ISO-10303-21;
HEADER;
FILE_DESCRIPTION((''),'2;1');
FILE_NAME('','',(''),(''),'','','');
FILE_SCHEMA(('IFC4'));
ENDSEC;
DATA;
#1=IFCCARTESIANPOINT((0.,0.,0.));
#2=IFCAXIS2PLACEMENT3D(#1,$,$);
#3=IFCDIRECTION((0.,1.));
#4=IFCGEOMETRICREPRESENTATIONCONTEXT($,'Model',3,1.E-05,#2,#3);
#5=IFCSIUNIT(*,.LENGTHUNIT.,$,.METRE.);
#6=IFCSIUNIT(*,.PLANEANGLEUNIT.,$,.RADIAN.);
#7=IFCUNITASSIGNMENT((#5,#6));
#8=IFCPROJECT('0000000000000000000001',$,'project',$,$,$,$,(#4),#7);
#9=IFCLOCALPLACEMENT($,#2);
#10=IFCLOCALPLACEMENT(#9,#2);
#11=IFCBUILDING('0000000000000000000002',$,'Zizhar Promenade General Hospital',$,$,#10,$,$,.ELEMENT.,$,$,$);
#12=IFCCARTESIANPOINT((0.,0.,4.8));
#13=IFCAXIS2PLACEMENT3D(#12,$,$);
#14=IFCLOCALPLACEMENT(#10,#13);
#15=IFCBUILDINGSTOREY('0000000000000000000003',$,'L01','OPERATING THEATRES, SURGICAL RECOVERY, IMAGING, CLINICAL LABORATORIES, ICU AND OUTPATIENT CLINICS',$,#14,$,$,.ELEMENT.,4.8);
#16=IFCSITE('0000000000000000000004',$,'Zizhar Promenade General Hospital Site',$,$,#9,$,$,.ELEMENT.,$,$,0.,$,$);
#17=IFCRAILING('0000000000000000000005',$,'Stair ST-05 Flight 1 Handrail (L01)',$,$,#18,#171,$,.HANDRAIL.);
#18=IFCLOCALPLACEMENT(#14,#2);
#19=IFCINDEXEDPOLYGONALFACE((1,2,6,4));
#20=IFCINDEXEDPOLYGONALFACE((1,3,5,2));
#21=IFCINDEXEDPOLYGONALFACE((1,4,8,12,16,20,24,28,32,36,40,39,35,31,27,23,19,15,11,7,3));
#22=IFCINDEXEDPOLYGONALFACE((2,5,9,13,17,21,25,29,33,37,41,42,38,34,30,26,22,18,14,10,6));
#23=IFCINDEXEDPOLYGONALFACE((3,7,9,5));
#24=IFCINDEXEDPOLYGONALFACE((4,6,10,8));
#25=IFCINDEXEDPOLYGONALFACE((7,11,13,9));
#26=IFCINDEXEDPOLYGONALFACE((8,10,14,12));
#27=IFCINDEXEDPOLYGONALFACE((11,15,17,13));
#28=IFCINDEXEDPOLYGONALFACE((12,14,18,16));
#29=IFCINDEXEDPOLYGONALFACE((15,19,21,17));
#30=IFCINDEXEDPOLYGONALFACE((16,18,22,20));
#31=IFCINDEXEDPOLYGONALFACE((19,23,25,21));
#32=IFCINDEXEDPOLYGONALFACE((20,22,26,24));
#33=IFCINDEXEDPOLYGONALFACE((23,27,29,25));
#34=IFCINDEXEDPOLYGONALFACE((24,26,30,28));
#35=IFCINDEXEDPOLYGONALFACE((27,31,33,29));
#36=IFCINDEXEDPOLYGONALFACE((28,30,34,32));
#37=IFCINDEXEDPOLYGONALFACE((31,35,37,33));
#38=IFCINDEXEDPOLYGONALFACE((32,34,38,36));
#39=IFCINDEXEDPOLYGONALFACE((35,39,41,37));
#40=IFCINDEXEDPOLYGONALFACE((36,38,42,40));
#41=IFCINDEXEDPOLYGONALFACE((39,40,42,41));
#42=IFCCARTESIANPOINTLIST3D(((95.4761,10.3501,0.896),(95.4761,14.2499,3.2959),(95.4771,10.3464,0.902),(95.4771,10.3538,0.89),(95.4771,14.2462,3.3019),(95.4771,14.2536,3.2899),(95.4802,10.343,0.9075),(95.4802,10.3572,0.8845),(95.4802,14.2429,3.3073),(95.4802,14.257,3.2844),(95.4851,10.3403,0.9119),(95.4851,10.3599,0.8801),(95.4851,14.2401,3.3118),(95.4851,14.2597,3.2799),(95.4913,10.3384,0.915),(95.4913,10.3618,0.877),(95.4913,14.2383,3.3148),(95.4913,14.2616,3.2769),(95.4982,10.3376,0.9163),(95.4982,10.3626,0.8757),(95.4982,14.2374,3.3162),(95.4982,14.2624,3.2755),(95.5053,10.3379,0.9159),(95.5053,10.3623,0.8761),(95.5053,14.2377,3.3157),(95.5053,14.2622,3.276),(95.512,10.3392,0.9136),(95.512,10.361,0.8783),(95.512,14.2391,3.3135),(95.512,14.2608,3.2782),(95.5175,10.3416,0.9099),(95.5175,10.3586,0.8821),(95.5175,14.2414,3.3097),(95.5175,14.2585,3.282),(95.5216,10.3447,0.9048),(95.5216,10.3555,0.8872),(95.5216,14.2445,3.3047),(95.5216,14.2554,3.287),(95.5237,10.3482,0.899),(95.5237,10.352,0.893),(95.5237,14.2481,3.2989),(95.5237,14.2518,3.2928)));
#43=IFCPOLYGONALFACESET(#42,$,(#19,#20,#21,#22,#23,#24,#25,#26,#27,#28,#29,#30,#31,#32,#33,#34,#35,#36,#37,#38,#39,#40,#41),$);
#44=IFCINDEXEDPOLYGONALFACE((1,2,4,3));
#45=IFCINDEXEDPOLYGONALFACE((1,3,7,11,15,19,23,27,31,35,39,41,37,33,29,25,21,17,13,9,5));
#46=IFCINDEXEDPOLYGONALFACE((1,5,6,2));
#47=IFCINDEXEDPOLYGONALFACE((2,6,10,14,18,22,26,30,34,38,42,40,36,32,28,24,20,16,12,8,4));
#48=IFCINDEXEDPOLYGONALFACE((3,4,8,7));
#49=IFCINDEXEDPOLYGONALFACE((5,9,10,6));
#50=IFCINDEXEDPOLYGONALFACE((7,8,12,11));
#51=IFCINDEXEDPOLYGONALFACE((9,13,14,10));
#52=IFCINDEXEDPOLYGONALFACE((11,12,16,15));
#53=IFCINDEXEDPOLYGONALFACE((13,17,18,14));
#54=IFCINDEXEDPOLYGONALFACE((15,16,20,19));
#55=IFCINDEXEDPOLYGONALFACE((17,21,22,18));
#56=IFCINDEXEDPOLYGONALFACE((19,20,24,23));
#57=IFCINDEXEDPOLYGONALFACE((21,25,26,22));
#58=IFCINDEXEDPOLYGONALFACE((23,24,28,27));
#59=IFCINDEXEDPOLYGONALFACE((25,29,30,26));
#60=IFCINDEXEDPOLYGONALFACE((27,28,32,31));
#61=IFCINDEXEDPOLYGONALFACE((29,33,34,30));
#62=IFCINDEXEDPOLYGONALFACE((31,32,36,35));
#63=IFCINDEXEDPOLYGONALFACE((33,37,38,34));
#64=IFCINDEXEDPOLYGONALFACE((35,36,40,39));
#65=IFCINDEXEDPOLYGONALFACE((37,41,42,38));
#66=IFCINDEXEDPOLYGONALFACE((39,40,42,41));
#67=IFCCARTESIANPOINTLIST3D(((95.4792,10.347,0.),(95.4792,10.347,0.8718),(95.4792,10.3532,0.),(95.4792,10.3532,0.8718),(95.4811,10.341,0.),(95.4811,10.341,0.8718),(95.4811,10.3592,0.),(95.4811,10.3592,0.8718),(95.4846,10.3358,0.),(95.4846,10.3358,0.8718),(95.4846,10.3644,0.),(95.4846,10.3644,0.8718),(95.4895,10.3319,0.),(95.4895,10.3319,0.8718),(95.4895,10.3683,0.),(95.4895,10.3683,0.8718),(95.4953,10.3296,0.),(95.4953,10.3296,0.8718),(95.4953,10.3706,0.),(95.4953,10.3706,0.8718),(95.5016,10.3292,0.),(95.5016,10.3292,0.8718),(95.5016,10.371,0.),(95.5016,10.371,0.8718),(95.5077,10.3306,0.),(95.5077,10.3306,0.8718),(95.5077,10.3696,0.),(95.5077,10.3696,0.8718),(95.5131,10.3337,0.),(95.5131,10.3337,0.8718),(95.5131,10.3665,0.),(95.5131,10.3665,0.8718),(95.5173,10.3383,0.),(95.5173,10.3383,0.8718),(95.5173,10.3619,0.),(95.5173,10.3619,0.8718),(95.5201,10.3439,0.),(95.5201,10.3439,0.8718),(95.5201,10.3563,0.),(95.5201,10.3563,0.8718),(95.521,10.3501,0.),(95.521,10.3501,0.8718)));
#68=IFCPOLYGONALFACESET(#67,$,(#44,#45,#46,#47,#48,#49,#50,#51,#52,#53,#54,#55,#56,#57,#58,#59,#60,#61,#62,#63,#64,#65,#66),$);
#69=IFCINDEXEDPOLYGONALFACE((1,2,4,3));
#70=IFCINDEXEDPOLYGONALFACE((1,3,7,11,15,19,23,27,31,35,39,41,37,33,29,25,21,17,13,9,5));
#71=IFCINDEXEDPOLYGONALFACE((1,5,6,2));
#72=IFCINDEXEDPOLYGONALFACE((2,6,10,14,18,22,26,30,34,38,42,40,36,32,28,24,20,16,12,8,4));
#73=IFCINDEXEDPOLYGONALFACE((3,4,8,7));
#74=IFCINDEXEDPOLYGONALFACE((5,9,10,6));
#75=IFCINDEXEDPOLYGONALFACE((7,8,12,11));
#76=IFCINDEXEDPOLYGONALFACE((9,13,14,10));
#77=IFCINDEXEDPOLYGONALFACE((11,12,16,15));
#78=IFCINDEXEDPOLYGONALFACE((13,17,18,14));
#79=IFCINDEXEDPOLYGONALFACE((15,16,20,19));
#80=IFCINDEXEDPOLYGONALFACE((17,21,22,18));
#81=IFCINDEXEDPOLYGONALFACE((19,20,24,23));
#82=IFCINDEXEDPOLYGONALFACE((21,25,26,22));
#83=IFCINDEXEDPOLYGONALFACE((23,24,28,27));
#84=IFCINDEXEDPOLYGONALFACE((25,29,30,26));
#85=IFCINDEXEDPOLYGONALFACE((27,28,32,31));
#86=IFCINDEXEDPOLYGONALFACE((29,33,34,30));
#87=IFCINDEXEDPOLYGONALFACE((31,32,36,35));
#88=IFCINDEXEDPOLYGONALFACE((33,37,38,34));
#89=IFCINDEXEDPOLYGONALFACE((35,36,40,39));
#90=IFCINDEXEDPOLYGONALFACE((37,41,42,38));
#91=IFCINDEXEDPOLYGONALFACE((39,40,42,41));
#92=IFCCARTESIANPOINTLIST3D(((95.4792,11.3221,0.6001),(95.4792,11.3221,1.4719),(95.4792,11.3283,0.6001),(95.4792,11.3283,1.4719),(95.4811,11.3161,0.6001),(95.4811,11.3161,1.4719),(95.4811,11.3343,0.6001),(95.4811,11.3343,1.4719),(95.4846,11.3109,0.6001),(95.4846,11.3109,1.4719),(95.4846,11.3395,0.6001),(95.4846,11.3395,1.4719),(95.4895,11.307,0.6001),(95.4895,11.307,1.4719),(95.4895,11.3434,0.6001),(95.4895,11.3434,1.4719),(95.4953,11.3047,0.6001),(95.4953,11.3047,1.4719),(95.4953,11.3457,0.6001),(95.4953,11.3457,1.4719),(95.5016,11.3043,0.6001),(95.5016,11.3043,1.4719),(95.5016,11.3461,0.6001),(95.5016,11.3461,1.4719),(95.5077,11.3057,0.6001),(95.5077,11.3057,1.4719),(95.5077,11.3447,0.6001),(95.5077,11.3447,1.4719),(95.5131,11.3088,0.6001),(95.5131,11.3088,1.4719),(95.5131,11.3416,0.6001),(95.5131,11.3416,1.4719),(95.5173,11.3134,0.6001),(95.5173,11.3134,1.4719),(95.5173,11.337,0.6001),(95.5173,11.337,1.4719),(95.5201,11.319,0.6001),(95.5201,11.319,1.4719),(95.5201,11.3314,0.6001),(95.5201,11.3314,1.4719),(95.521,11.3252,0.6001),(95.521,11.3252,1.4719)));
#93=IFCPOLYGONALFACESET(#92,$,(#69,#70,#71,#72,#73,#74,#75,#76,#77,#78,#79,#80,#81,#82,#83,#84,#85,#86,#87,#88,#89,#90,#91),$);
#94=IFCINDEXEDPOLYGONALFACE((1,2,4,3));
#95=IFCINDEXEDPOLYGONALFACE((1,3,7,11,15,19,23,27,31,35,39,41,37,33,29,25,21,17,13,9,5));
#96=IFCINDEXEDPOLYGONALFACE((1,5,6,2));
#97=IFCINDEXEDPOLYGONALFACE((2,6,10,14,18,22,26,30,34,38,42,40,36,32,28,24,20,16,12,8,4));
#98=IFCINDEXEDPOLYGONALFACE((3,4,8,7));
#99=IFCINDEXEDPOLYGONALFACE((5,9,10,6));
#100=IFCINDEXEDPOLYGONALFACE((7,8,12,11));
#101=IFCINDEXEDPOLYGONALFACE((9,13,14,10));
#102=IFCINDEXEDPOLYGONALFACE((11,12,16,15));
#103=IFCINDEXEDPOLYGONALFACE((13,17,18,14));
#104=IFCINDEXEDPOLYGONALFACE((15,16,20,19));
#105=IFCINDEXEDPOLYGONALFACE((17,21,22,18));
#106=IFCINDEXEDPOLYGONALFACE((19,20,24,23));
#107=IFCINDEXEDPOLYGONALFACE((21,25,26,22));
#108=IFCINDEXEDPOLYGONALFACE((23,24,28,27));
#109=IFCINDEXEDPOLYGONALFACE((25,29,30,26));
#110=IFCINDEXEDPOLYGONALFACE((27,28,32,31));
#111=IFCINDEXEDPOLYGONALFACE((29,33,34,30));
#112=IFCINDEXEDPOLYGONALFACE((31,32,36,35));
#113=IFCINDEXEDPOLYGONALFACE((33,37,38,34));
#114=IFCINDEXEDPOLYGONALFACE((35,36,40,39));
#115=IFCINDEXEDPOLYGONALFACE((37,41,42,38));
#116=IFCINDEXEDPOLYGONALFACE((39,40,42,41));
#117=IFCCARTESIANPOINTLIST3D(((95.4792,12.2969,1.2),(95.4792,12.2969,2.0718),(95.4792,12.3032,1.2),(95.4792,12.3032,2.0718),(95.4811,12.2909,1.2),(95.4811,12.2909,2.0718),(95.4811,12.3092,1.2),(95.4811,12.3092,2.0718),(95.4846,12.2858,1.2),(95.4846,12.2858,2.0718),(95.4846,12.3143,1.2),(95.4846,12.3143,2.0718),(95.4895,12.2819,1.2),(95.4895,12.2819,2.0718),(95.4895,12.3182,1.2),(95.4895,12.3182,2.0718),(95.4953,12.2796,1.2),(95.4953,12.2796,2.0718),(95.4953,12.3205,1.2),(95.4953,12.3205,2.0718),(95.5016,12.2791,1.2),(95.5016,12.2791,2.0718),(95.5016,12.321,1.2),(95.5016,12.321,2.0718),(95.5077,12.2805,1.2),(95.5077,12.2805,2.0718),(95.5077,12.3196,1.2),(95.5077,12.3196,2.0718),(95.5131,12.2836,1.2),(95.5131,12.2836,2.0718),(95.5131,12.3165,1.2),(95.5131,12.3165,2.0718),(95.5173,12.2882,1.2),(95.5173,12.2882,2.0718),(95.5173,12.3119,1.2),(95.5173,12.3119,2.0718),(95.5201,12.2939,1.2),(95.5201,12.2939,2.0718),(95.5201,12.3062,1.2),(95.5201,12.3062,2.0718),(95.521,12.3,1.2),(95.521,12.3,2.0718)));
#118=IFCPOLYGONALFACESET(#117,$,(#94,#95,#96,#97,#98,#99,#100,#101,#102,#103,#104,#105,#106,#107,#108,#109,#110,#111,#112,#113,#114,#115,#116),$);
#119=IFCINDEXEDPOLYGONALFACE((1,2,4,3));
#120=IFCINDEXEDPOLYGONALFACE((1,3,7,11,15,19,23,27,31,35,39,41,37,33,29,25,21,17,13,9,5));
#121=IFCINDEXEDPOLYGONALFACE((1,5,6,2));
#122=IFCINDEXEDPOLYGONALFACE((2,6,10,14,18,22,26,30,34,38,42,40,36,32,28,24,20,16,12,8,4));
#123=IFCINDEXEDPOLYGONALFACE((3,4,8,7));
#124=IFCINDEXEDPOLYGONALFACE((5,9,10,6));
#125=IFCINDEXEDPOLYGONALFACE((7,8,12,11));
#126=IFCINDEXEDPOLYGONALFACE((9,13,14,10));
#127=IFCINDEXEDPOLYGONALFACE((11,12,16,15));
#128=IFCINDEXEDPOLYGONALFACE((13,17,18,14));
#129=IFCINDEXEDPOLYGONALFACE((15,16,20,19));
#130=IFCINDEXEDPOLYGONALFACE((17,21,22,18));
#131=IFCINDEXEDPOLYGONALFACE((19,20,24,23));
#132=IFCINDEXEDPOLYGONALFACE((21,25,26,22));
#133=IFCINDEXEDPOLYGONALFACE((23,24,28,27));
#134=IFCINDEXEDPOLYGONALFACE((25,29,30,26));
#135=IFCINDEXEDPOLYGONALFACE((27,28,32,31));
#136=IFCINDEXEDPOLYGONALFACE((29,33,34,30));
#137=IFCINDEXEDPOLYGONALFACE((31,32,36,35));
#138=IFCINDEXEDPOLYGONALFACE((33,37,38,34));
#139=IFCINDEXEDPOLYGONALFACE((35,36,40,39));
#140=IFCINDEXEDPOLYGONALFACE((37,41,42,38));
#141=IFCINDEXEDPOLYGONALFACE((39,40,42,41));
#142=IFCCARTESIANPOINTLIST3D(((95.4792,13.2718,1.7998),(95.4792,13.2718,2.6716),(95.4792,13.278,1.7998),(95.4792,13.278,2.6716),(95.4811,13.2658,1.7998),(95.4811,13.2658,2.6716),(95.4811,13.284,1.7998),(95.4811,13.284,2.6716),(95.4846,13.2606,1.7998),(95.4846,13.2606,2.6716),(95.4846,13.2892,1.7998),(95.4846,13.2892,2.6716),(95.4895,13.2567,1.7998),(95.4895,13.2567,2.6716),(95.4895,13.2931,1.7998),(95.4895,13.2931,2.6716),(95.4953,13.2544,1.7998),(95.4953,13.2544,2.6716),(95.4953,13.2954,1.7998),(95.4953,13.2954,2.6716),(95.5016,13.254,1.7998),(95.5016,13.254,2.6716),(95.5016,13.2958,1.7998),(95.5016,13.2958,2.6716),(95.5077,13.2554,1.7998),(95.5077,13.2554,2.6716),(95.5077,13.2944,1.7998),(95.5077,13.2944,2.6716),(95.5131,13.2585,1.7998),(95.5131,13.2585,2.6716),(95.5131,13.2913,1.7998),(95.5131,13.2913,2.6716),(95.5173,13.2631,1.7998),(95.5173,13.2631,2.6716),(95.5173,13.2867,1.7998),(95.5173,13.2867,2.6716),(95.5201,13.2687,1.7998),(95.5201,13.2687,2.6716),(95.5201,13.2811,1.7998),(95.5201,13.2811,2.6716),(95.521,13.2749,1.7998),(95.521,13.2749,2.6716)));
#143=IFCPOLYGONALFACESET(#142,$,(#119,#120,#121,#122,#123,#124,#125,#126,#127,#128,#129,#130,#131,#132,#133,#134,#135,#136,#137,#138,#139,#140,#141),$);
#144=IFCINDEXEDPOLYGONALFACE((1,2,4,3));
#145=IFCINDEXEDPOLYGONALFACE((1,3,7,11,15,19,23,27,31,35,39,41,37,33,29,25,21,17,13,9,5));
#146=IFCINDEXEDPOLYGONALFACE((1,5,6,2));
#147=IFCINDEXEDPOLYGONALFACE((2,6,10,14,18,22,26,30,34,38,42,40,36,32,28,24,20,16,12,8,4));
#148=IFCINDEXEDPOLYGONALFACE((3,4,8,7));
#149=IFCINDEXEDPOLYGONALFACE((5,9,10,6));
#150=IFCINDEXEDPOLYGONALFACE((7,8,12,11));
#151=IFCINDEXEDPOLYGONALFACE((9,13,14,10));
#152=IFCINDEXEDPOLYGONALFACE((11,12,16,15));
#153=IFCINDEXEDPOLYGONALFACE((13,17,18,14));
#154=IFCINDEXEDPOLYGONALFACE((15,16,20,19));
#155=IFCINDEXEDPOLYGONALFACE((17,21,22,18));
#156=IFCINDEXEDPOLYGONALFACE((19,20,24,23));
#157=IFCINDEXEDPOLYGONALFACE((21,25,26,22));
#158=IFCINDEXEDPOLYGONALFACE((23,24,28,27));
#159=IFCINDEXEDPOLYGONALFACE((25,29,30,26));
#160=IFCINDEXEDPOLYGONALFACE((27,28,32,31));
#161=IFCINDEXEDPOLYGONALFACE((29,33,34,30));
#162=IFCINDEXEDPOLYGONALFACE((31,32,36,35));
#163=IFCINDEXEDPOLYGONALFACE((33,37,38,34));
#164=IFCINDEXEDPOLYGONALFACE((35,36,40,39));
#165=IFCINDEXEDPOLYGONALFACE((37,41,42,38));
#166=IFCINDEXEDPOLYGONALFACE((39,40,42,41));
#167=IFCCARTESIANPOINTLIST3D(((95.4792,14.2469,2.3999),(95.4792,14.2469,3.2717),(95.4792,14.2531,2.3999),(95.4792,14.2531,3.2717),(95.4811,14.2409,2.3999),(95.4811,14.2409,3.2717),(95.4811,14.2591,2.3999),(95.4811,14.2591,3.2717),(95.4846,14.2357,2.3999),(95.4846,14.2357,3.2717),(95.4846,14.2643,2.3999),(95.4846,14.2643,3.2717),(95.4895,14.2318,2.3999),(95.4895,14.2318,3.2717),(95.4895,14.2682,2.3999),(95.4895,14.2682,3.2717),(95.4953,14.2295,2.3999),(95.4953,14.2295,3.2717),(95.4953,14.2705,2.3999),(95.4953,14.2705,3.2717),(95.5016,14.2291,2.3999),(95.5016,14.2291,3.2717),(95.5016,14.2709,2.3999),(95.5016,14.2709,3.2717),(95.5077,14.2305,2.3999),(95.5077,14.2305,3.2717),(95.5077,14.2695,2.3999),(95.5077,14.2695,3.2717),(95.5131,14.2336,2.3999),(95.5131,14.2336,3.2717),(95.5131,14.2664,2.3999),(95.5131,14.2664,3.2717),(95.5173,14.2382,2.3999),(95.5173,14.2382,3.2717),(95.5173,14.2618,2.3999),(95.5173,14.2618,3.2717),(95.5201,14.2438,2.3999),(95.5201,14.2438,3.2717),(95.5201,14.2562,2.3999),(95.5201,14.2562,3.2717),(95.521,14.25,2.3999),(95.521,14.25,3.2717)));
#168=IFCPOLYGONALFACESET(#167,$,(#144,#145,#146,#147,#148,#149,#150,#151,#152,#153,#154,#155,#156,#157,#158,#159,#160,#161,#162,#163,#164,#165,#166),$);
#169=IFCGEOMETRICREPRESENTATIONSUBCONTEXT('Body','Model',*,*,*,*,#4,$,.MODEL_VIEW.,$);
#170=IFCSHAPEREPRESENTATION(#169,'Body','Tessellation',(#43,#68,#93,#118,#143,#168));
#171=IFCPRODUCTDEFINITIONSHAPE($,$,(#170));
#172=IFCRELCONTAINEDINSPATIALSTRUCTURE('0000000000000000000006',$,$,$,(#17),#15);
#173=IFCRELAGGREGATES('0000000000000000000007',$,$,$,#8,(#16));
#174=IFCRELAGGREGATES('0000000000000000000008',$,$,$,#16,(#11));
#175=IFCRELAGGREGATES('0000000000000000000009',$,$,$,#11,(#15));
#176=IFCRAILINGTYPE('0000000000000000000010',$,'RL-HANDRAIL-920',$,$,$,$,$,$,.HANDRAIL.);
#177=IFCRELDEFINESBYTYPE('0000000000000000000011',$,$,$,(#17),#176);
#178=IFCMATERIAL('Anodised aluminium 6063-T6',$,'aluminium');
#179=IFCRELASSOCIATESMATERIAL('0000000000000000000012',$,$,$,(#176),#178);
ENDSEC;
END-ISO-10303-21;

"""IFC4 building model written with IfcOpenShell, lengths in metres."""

from ifc_helpers import new_model, si_unit, direction, frame, origin, origin_2d, place, context, subcontext, project, spatial, circle, hollow_circle, extrude, material, material_profile, profile_set, type_object, element, save


model = new_model("IFC4")

# Units and contexts
model_context = context("Model", 3, precision=1e-05, world=origin(), true_north=direction((0.0, 1.0)))
body_context = subcontext(model_context, "Body", "Model", "MODEL_VIEW")
ifc_project = project(units=[si_unit("LENGTHUNIT", "METRE"), si_unit("PLANEANGLEUNIT", "RADIAN")], contexts=[model_context])

# Site, building, storey
site_placement = place(None, origin())
site = spatial("IfcSite", under=ifc_project, at=site_placement, Name="Zizhar Promenade General Hospital Site", CompositionType="ELEMENT", RefElevation=0.0)
building_placement = place(site_placement, origin())
building = spatial("IfcBuilding", under=site, at=building_placement, Name="Zizhar Promenade General Hospital", CompositionType="ELEMENT")
storey_placement = place(building_placement, frame((0.0, 0.0, 4.8)))
storey = spatial("IfcBuildingStorey", under=building, at=storey_placement, Name="L01", Description="OPERATING THEATRES, SURGICAL RECOVERY, IMAGING, CLINICAL LABORATORIES, ICU AND OUTPATIENT CLINICS", CompositionType="ELEMENT", Elevation=4.8)

# Railing
ifc_material_1 = material(Name="Anodised aluminium 6063-T6", Category="aluminium")
ifc_material_profile_1 = material_profile(ifc_material_1, hollow_circle(Radius=0.0698, WallThickness=0.0063, at=origin_2d()))
ifc_profile_set_1 = profile_set([ifc_material_profile_1], Name="Anodised aluminium 6063-T6")
railing_type_1 = type_object("IfcRailingType", Name="RL-HANDRAIL-920", PredefinedType="HANDRAIL", material=ifc_profile_set_1)
railing_1_placement = place(storey_placement, frame((95.5, 10.3501, 0.0)))
element("IfcRailing", 1, at=railing_1_placement, inside=storey, type_object=railing_type_1, Name="Stair ST-05 Flight 1 Handrail (L01)", PredefinedType="HANDRAIL", context=body_context, shape_type="SweptSolid", body=[
    extrude(circle(Radius=0.0239, at=origin_2d()), frame((0.0, 0.0, 0.896), z_axis=(0.0, 0.851662, 0.524091), x_axis=(-1.0, 0.0, 0.0)), (0.0, 0.0, 1.0), 4.5791),
    extrude(circle(Radius=0.021, at=origin_2d()), origin(), (0.0, 0.0, 1.0), 0.8718),
    extrude(circle(Radius=0.021, at=origin_2d()), frame((0.0, 0.9751, 0.6001)), (0.0, 0.0, 1.0), 0.8718),
    extrude(circle(Radius=0.021, at=origin_2d()), frame((0.0, 1.95, 1.2)), (0.0, 0.0, 1.0), 0.8718),
    extrude(circle(Radius=0.021, at=origin_2d()), frame((0.0, 2.9248, 1.7998)), (0.0, 0.0, 1.0), 0.8718),
    extrude(circle(Radius=0.021, at=origin_2d()), frame((0.0, 3.8999, 2.3999)), (0.0, 0.0, 1.0), 0.8718),
])

save(model, "model.ifc")
